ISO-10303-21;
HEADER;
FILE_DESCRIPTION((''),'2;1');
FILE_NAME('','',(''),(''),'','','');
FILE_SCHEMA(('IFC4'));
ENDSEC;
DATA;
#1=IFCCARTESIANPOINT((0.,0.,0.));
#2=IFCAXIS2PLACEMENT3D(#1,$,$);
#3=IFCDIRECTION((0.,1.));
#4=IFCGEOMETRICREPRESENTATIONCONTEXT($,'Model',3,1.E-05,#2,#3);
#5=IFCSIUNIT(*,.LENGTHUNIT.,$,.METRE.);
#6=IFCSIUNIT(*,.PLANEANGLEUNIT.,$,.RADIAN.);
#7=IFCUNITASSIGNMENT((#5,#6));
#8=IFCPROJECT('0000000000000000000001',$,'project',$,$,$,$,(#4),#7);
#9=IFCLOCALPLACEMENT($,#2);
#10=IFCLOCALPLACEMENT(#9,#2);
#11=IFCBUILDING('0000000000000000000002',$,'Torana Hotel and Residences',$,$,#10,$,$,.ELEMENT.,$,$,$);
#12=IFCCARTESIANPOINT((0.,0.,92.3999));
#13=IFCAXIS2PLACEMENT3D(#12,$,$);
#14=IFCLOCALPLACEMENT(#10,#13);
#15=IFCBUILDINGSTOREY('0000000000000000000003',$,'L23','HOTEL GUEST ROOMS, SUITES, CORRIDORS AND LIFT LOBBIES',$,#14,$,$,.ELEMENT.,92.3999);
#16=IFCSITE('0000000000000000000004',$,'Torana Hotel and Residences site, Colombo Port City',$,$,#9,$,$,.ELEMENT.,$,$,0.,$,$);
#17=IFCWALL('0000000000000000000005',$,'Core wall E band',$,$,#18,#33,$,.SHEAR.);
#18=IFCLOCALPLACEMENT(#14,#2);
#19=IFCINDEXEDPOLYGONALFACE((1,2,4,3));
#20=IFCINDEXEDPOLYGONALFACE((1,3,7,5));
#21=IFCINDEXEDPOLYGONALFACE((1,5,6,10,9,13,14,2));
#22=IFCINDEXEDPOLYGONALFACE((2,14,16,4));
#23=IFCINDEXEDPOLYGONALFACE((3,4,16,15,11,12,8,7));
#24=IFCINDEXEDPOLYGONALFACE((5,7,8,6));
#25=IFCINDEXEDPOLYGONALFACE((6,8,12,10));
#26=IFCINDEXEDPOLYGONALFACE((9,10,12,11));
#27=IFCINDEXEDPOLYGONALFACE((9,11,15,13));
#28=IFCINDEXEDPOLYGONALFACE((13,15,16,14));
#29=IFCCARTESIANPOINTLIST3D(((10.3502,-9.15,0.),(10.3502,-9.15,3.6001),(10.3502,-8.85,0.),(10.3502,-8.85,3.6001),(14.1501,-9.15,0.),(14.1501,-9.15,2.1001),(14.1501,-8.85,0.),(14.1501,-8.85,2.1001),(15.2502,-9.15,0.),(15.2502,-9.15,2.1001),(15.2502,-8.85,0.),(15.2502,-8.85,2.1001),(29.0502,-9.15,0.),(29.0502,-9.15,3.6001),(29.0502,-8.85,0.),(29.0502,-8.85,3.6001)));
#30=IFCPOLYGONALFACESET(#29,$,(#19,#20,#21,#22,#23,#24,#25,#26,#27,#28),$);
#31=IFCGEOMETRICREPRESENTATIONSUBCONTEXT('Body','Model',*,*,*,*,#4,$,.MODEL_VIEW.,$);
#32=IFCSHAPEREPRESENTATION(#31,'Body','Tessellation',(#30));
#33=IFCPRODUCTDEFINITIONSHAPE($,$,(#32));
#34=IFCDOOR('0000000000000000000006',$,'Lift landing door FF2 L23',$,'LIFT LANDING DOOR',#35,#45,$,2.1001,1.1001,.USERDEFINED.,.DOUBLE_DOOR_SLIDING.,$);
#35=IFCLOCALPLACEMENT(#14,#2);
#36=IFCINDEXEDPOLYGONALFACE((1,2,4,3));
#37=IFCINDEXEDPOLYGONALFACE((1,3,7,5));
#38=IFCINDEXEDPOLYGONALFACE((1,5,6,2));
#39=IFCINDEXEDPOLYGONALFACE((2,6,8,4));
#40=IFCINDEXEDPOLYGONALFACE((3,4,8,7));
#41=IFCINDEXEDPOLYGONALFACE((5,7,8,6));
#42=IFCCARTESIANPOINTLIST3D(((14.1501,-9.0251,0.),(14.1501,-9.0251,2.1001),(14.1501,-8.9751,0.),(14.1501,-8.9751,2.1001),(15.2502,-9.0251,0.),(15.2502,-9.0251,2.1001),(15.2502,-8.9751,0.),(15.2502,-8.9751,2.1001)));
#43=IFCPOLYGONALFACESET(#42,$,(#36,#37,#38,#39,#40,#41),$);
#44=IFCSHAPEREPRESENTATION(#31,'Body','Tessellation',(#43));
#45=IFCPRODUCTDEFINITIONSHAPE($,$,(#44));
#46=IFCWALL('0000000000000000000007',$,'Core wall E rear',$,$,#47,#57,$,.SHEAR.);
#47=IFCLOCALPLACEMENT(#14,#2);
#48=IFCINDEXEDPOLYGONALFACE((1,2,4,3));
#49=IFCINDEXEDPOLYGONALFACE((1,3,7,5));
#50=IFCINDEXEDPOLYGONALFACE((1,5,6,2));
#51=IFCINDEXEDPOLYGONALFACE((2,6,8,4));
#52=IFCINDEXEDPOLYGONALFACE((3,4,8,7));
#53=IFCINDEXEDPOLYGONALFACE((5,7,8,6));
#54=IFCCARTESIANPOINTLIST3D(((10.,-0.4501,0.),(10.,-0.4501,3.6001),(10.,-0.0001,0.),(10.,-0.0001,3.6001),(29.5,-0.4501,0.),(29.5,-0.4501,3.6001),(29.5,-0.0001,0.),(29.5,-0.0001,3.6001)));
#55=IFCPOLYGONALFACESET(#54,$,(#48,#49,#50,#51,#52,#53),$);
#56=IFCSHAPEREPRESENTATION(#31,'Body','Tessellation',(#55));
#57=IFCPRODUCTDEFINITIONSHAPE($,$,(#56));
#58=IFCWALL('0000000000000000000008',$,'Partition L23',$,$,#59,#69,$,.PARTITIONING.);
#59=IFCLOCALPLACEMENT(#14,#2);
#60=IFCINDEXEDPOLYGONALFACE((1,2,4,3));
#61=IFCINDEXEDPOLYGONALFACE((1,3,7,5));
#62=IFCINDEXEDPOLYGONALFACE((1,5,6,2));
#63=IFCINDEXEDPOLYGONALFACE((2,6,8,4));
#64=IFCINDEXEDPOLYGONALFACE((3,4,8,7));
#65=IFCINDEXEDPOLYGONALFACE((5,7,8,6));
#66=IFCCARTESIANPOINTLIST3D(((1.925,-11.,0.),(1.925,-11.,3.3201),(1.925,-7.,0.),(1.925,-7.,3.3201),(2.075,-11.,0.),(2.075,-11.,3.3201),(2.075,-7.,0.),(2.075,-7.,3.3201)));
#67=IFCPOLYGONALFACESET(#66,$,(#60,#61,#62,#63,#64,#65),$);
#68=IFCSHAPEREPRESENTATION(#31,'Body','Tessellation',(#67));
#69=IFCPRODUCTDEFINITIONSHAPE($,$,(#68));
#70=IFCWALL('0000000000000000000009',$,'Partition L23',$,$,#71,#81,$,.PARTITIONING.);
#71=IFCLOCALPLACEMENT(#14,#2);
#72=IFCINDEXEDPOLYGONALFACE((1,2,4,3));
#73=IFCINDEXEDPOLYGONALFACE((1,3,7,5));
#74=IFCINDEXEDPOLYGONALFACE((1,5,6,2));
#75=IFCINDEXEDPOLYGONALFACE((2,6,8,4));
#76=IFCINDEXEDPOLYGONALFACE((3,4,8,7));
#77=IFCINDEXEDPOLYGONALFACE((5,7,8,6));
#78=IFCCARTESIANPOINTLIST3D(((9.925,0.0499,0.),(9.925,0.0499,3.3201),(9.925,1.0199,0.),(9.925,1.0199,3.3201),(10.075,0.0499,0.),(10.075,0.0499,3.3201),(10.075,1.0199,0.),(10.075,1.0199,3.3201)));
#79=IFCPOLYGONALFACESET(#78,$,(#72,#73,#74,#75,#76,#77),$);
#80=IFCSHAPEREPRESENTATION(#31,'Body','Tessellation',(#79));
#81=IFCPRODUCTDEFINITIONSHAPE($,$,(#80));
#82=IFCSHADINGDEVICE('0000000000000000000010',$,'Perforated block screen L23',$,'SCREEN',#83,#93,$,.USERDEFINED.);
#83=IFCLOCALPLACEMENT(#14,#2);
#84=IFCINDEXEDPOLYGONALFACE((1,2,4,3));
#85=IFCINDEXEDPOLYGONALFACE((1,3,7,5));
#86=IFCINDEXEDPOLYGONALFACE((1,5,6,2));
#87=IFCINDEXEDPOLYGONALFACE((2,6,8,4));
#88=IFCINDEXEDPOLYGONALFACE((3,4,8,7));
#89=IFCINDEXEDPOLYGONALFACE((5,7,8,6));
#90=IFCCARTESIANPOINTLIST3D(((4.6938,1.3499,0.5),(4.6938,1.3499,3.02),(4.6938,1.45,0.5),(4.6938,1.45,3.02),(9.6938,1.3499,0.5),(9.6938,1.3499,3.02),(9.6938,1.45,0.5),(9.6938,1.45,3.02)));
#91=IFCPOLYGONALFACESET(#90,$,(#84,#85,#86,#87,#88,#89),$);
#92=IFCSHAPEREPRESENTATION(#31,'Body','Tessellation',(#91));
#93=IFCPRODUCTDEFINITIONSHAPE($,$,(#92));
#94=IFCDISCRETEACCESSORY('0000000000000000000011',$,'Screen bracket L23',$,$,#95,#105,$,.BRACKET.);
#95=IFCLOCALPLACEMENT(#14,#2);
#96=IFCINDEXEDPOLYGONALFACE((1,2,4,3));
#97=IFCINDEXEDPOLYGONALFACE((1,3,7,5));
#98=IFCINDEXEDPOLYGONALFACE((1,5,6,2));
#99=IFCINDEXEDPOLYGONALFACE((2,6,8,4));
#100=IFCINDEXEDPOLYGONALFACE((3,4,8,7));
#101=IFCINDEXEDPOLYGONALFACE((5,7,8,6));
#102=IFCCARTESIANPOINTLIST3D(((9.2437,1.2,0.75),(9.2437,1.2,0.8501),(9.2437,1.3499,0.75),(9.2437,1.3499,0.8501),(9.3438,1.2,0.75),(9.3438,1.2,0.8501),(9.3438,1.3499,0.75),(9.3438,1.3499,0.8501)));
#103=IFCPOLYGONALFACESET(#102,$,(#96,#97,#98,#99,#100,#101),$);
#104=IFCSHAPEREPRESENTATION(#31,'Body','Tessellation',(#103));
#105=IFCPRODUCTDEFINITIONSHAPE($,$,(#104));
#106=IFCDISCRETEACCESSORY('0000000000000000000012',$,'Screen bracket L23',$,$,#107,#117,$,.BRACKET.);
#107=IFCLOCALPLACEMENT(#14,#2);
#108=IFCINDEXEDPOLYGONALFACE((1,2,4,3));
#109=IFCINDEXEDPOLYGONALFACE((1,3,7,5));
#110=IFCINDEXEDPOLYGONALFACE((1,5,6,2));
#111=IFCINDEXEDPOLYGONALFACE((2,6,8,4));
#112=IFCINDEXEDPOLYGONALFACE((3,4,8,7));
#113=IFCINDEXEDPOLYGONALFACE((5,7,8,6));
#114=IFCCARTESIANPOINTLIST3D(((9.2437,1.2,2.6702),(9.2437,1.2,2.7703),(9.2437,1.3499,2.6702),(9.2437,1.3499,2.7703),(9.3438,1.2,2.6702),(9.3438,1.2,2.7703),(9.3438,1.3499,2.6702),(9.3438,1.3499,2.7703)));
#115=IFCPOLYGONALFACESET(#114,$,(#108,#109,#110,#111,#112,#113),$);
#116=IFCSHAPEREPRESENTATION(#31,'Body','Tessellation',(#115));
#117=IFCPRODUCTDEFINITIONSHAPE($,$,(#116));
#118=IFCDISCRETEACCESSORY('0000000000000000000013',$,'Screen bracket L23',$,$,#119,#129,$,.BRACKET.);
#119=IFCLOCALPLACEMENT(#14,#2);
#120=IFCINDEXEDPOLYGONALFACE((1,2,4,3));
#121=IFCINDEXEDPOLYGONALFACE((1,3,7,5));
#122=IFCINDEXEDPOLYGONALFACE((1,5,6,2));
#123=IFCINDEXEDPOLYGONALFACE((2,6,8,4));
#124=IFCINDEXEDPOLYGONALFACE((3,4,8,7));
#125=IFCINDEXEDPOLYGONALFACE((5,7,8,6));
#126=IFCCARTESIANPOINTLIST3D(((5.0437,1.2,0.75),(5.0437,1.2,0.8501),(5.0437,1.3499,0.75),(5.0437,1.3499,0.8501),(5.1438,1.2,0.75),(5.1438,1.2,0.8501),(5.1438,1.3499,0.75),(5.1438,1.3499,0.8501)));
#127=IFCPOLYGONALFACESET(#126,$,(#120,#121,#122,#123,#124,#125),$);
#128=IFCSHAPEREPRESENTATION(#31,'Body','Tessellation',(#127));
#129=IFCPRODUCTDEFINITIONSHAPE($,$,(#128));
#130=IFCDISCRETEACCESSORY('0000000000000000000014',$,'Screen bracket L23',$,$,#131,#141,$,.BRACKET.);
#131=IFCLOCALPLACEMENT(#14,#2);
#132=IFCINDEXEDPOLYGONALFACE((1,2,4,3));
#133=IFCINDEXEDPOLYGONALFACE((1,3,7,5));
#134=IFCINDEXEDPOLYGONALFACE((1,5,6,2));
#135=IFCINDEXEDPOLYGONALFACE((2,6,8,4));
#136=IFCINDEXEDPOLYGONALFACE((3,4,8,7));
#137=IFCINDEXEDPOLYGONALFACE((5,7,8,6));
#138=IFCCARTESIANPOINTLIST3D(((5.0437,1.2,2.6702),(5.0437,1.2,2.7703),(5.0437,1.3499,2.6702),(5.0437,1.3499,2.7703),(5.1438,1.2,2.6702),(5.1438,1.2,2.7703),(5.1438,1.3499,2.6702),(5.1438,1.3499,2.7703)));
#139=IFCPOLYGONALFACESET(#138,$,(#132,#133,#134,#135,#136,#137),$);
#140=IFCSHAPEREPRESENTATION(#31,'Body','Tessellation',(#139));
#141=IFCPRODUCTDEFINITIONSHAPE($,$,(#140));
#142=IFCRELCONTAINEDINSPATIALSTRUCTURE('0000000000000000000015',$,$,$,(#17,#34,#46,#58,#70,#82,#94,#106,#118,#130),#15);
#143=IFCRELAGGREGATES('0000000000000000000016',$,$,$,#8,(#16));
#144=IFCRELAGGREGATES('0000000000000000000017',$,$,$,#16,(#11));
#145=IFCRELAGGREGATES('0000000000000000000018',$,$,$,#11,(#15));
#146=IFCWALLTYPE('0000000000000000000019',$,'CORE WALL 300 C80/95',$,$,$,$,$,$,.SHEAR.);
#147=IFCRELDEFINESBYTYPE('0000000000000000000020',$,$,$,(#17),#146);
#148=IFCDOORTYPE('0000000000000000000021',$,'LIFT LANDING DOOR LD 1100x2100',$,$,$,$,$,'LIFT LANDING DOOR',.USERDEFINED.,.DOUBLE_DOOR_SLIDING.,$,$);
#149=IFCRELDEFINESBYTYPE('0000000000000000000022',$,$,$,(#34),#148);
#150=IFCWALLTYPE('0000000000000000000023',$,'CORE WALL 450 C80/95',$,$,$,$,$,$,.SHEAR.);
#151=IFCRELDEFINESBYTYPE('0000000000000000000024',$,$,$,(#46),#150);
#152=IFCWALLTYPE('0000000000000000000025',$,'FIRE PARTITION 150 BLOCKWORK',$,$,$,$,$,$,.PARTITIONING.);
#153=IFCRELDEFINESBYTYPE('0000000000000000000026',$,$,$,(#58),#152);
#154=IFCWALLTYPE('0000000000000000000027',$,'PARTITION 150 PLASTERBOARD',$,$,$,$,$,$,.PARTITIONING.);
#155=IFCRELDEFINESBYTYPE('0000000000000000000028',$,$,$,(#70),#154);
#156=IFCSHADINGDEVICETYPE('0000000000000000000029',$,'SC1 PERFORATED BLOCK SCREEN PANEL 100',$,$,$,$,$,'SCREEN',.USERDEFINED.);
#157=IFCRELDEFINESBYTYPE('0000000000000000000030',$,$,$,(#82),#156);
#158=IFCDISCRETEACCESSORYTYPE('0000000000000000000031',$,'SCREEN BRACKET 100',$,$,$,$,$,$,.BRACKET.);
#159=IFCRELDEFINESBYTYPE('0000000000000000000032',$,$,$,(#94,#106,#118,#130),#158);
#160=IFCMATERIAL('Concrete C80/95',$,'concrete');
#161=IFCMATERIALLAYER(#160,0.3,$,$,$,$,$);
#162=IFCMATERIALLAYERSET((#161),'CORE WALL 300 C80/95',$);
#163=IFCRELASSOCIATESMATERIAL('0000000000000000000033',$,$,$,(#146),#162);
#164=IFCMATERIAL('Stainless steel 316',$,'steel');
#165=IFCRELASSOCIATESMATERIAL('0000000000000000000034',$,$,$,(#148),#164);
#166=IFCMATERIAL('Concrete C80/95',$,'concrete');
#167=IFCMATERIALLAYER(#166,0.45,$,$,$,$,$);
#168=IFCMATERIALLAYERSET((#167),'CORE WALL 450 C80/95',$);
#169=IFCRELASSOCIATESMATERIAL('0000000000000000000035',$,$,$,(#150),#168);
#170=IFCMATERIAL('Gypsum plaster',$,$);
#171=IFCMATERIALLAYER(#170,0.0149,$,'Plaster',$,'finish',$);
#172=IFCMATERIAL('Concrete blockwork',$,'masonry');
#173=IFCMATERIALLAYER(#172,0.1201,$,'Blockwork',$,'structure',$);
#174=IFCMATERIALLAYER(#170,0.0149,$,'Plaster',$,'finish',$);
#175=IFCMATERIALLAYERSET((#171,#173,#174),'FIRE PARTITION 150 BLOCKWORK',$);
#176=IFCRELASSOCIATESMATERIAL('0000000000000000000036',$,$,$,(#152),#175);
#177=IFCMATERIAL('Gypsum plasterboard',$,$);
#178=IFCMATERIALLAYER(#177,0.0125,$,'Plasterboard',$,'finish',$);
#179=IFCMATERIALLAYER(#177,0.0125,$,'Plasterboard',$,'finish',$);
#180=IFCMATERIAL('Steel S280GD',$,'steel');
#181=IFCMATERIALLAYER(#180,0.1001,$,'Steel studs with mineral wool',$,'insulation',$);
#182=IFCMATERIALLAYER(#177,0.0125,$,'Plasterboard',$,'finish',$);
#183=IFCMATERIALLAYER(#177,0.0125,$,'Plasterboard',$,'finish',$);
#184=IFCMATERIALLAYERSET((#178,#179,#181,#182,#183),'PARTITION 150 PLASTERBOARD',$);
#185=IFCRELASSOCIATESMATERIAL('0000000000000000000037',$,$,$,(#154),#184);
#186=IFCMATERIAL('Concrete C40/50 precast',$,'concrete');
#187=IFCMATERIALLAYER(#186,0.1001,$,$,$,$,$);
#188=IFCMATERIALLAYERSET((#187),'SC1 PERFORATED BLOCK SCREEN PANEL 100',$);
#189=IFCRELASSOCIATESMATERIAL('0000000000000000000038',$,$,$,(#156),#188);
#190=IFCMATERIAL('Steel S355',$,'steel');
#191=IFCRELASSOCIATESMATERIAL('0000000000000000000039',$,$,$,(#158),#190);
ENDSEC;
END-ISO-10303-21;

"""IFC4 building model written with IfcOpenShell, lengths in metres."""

from ifc_helpers import new_model, si_unit, direction, frame, frame_2d, origin, origin_2d, place, context, subcontext, project, spatial, rectangle, extrude, material, layer, layer_set, type_object, element, fill, save


model = new_model("IFC4")

# Units and contexts
model_context = context("Model", 3, precision=1e-05, world=origin(), true_north=direction((0.0, 1.0)))
body_context = subcontext(model_context, "Body", "Model", "MODEL_VIEW")
ifc_project = project(units=[si_unit("LENGTHUNIT", "METRE"), si_unit("PLANEANGLEUNIT", "RADIAN")], contexts=[model_context])

# Site, building, storey
site_placement = place(None, origin())
site = spatial("IfcSite", under=ifc_project, at=site_placement, Name="Torana Hotel and Residences site, Colombo Port City", CompositionType="ELEMENT", RefElevation=0.0)
building_placement = place(site_placement, origin())
building = spatial("IfcBuilding", under=site, at=building_placement, Name="Torana Hotel and Residences", CompositionType="ELEMENT")
storey_placement = place(building_placement, frame((0.0, 0.0, 92.3999)))
storey = spatial("IfcBuildingStorey", under=building, at=storey_placement, Name="L23", Description="HOTEL GUEST ROOMS, SUITES, CORRIDORS AND LIFT LOBBIES", CompositionType="ELEMENT", Elevation=92.3999)

# Wall, opening, door
ifc_material_1 = material(Name="Concrete C80/95", Category="concrete")
ifc_layer_1 = layer(ifc_material_1, 0.3)
ifc_layer_set_1 = layer_set([ifc_layer_1], Name="CORE WALL 300 C80/95")
wall_type_1 = type_object("IfcWallType", Name="CORE WALL 300 C80/95", PredefinedType="SHEAR", material=ifc_layer_set_1)
wall_1_placement = place(storey_placement, frame((10.3501, -9.0, 0.0), z_axis=(0.0, 0.0, 1.0), x_axis=(1.0, 0.0, 0.0)))
wall_1 = element("IfcWall", 1, at=wall_1_placement, inside=storey, type_object=wall_type_1, Name="Core wall E band", PredefinedType="SHEAR", context=body_context, shape_type="SweptSolid", body=[
    extrude(rectangle(XDim=18.7, YDim=0.3, at=frame_2d((9.3501, 0.0))), origin(), (0.0, 0.0, 1.0), 3.6001),
])
opening_placement = place(wall_1_placement, frame((3.8, 0.0, 0.0)))
opening = element("IfcOpeningElement", 2, at=opening_placement, cuts=wall_1, PredefinedType="OPENING", context=body_context, shape_type="SweptSolid", body=[
    extrude(rectangle(XDim=1.1001, YDim=2.1001, at=frame_2d((0.55, 1.05))), frame((0.0, 0.1599, 0.0), z_axis=(0.0, -1.0, 0.0), x_axis=(1.0, 0.0, 0.0)), (0.0, 0.0, 1.0), 0.3201),
])
ifc_material_2 = material(Name="Stainless steel 316", Category="steel")
door_type = type_object("IfcDoorType", Name="LIFT LANDING DOOR LD 1100x2100", ElementType="LIFT LANDING DOOR", OperationType="DOUBLE_DOOR_SLIDING", PredefinedType="USERDEFINED", material=ifc_material_2)
door_placement = place(opening_placement, origin())
door = element("IfcDoor", 3, at=door_placement, inside=storey, type_object=door_type, Name="Lift landing door FF2 L23", ObjectType="LIFT LANDING DOOR", OperationType="DOUBLE_DOOR_SLIDING", OverallHeight=2.1001, OverallWidth=1.1001, PredefinedType="USERDEFINED", context=body_context, shape_type="SweptSolid", body=[
    extrude(rectangle(XDim=1.1001, YDim=2.1001, at=frame_2d((0.55, 1.05))), frame((0.0, 0.0249, 0.0), z_axis=(0.0, -1.0, 0.0), x_axis=(1.0, 0.0, 0.0)), (0.0, 0.0, 1.0), 0.05),
])
fill(opening, door)

# Walls
ifc_material_3 = material(Name="Concrete C80/95", Category="concrete")
ifc_layer_2 = layer(ifc_material_3, 0.45)
ifc_layer_set_2 = layer_set([ifc_layer_2], Name="CORE WALL 450 C80/95")
wall_type_2 = type_object("IfcWallType", Name="CORE WALL 450 C80/95", PredefinedType="SHEAR", material=ifc_layer_set_2)
wall_2_placement = place(storey_placement, frame((10.0, -0.2251, 0.0), z_axis=(0.0, 0.0, 1.0), x_axis=(1.0, 0.0, 0.0)))
element("IfcWall", 4, at=wall_2_placement, inside=storey, type_object=wall_type_2, Name="Core wall E rear", PredefinedType="SHEAR", context=body_context, shape_type="SweptSolid", body=[
    extrude(rectangle(XDim=19.5, YDim=0.45, at=frame_2d((9.75, 0.0))), origin(), (0.0, 0.0, 1.0), 3.6001),
])
ifc_material_4 = material(Name="Gypsum plaster")
ifc_layer_3 = layer(ifc_material_4, 0.0149, Name="Plaster", Category="finish")
ifc_material_5 = material(Name="Concrete blockwork", Category="masonry")
ifc_layer_4 = layer(ifc_material_5, 0.1201, Name="Blockwork", Category="structure")
ifc_layer_5 = layer(ifc_material_4, 0.0149, Name="Plaster", Category="finish")
ifc_layer_set_3 = layer_set([ifc_layer_3, ifc_layer_4, ifc_layer_5], Name="FIRE PARTITION 150 BLOCKWORK")
wall_type_3 = type_object("IfcWallType", Name="FIRE PARTITION 150 BLOCKWORK", PredefinedType="PARTITIONING", material=ifc_layer_set_3)
wall_3_placement = place(storey_placement, frame((2.0, -11.0, 0.0), z_axis=(0.0, 0.0, 1.0), x_axis=(0.0, 1.0, 0.0)))
element("IfcWall", 5, at=wall_3_placement, inside=storey, type_object=wall_type_3, Name="Partition L23", PredefinedType="PARTITIONING", context=body_context, shape_type="SweptSolid", body=[
    extrude(rectangle(XDim=4.0, YDim=0.1499, at=frame_2d((2.0, 0.0))), origin(), (0.0, 0.0, 1.0), 3.3201),
])
ifc_material_6 = material(Name="Gypsum plasterboard")
ifc_layer_6 = layer(ifc_material_6, 0.0125, Name="Plasterboard", Category="finish")
ifc_layer_7 = layer(ifc_material_6, 0.0125, Name="Plasterboard", Category="finish")
ifc_material_7 = material(Name="Steel S280GD", Category="steel")
ifc_layer_8 = layer(ifc_material_7, 0.1001, Name="Steel studs with mineral wool", Category="insulation")
ifc_layer_9 = layer(ifc_material_6, 0.0125, Name="Plasterboard", Category="finish")
ifc_layer_10 = layer(ifc_material_6, 0.0125, Name="Plasterboard", Category="finish")
ifc_layer_set_4 = layer_set([ifc_layer_6, ifc_layer_7, ifc_layer_8, ifc_layer_9, ifc_layer_10], Name="PARTITION 150 PLASTERBOARD")
wall_type_4 = type_object("IfcWallType", Name="PARTITION 150 PLASTERBOARD", PredefinedType="PARTITIONING", material=ifc_layer_set_4)
wall_4_placement = place(storey_placement, frame((10.0, 0.05, 0.0), z_axis=(0.0, 0.0, 1.0), x_axis=(0.0, 1.0, 0.0)))
element("IfcWall", 6, at=wall_4_placement, inside=storey, type_object=wall_type_4, Name="Partition L23", PredefinedType="PARTITIONING", context=body_context, shape_type="SweptSolid", body=[
    extrude(rectangle(XDim=0.97, YDim=0.1499, at=frame_2d((0.4849, 0.0))), origin(), (0.0, 0.0, 1.0), 3.3201),
])

# Shading device
ifc_material_8 = material(Name="Concrete C40/50 precast", Category="concrete")
ifc_layer_11 = layer(ifc_material_8, 0.1001)
ifc_layer_set_5 = layer_set([ifc_layer_11], Name="SC1 PERFORATED BLOCK SCREEN PANEL 100")
shading_device_type = type_object("IfcShadingDeviceType", Name="SC1 PERFORATED BLOCK SCREEN PANEL 100", ElementType="SCREEN", PredefinedType="USERDEFINED", material=ifc_layer_set_5)
shading_device_placement = place(storey_placement, frame((7.1938, 1.3999, 0.5), z_axis=(0.0, 0.0, 1.0), x_axis=(-1.0, 0.0, 0.0)))
element("IfcShadingDevice", 7, at=shading_device_placement, inside=storey, type_object=shading_device_type, Name="Perforated block screen L23", ObjectType="SCREEN", PredefinedType="USERDEFINED", context=body_context, shape_type="SweptSolid", body=[
    extrude(rectangle(XDim=5.0, YDim=0.1001, at=origin_2d()), origin(), (0.0, 0.0, 1.0), 2.52),
])

# Discrete accessories
ifc_material_9 = material(Name="Steel S355", Category="steel")
discrete_accessory_type = type_object("IfcDiscreteAccessoryType", Name="SCREEN BRACKET 100", PredefinedType="BRACKET", material=ifc_material_9)
for number, where, z_axis, x_axis, name in (
    (8, (9.2937, 1.2749, 0.75), (0.0, 0.0, 1.0), (-1.0, 0.0, 0.0), "Screen bracket L23"),
    (9, (9.2937, 1.2749, 2.6702), (0.0, 0.0, 1.0), (-1.0, 0.0, 0.0), "Screen bracket L23"),
    (10, (5.0938, 1.2749, 0.75), (0.0, 0.0, 1.0), (-1.0, 0.0, 0.0), "Screen bracket L23"),
    (11, (5.0938, 1.2749, 2.6702), (0.0, 0.0, 1.0), (-1.0, 0.0, 0.0), "Screen bracket L23"),
):
    element("IfcDiscreteAccessory", number, at=place(storey_placement, frame(where, z_axis=z_axis, x_axis=x_axis)), inside=storey, type_object=discrete_accessory_type, Name=name, PredefinedType="BRACKET", context=body_context, shape_type="SweptSolid", body=[
        extrude(rectangle(XDim=0.1001, YDim=0.1499, at=origin_2d()), origin(), (0.0, 0.0, 1.0), 0.1001),
    ])

save(model, "model.ifc")
